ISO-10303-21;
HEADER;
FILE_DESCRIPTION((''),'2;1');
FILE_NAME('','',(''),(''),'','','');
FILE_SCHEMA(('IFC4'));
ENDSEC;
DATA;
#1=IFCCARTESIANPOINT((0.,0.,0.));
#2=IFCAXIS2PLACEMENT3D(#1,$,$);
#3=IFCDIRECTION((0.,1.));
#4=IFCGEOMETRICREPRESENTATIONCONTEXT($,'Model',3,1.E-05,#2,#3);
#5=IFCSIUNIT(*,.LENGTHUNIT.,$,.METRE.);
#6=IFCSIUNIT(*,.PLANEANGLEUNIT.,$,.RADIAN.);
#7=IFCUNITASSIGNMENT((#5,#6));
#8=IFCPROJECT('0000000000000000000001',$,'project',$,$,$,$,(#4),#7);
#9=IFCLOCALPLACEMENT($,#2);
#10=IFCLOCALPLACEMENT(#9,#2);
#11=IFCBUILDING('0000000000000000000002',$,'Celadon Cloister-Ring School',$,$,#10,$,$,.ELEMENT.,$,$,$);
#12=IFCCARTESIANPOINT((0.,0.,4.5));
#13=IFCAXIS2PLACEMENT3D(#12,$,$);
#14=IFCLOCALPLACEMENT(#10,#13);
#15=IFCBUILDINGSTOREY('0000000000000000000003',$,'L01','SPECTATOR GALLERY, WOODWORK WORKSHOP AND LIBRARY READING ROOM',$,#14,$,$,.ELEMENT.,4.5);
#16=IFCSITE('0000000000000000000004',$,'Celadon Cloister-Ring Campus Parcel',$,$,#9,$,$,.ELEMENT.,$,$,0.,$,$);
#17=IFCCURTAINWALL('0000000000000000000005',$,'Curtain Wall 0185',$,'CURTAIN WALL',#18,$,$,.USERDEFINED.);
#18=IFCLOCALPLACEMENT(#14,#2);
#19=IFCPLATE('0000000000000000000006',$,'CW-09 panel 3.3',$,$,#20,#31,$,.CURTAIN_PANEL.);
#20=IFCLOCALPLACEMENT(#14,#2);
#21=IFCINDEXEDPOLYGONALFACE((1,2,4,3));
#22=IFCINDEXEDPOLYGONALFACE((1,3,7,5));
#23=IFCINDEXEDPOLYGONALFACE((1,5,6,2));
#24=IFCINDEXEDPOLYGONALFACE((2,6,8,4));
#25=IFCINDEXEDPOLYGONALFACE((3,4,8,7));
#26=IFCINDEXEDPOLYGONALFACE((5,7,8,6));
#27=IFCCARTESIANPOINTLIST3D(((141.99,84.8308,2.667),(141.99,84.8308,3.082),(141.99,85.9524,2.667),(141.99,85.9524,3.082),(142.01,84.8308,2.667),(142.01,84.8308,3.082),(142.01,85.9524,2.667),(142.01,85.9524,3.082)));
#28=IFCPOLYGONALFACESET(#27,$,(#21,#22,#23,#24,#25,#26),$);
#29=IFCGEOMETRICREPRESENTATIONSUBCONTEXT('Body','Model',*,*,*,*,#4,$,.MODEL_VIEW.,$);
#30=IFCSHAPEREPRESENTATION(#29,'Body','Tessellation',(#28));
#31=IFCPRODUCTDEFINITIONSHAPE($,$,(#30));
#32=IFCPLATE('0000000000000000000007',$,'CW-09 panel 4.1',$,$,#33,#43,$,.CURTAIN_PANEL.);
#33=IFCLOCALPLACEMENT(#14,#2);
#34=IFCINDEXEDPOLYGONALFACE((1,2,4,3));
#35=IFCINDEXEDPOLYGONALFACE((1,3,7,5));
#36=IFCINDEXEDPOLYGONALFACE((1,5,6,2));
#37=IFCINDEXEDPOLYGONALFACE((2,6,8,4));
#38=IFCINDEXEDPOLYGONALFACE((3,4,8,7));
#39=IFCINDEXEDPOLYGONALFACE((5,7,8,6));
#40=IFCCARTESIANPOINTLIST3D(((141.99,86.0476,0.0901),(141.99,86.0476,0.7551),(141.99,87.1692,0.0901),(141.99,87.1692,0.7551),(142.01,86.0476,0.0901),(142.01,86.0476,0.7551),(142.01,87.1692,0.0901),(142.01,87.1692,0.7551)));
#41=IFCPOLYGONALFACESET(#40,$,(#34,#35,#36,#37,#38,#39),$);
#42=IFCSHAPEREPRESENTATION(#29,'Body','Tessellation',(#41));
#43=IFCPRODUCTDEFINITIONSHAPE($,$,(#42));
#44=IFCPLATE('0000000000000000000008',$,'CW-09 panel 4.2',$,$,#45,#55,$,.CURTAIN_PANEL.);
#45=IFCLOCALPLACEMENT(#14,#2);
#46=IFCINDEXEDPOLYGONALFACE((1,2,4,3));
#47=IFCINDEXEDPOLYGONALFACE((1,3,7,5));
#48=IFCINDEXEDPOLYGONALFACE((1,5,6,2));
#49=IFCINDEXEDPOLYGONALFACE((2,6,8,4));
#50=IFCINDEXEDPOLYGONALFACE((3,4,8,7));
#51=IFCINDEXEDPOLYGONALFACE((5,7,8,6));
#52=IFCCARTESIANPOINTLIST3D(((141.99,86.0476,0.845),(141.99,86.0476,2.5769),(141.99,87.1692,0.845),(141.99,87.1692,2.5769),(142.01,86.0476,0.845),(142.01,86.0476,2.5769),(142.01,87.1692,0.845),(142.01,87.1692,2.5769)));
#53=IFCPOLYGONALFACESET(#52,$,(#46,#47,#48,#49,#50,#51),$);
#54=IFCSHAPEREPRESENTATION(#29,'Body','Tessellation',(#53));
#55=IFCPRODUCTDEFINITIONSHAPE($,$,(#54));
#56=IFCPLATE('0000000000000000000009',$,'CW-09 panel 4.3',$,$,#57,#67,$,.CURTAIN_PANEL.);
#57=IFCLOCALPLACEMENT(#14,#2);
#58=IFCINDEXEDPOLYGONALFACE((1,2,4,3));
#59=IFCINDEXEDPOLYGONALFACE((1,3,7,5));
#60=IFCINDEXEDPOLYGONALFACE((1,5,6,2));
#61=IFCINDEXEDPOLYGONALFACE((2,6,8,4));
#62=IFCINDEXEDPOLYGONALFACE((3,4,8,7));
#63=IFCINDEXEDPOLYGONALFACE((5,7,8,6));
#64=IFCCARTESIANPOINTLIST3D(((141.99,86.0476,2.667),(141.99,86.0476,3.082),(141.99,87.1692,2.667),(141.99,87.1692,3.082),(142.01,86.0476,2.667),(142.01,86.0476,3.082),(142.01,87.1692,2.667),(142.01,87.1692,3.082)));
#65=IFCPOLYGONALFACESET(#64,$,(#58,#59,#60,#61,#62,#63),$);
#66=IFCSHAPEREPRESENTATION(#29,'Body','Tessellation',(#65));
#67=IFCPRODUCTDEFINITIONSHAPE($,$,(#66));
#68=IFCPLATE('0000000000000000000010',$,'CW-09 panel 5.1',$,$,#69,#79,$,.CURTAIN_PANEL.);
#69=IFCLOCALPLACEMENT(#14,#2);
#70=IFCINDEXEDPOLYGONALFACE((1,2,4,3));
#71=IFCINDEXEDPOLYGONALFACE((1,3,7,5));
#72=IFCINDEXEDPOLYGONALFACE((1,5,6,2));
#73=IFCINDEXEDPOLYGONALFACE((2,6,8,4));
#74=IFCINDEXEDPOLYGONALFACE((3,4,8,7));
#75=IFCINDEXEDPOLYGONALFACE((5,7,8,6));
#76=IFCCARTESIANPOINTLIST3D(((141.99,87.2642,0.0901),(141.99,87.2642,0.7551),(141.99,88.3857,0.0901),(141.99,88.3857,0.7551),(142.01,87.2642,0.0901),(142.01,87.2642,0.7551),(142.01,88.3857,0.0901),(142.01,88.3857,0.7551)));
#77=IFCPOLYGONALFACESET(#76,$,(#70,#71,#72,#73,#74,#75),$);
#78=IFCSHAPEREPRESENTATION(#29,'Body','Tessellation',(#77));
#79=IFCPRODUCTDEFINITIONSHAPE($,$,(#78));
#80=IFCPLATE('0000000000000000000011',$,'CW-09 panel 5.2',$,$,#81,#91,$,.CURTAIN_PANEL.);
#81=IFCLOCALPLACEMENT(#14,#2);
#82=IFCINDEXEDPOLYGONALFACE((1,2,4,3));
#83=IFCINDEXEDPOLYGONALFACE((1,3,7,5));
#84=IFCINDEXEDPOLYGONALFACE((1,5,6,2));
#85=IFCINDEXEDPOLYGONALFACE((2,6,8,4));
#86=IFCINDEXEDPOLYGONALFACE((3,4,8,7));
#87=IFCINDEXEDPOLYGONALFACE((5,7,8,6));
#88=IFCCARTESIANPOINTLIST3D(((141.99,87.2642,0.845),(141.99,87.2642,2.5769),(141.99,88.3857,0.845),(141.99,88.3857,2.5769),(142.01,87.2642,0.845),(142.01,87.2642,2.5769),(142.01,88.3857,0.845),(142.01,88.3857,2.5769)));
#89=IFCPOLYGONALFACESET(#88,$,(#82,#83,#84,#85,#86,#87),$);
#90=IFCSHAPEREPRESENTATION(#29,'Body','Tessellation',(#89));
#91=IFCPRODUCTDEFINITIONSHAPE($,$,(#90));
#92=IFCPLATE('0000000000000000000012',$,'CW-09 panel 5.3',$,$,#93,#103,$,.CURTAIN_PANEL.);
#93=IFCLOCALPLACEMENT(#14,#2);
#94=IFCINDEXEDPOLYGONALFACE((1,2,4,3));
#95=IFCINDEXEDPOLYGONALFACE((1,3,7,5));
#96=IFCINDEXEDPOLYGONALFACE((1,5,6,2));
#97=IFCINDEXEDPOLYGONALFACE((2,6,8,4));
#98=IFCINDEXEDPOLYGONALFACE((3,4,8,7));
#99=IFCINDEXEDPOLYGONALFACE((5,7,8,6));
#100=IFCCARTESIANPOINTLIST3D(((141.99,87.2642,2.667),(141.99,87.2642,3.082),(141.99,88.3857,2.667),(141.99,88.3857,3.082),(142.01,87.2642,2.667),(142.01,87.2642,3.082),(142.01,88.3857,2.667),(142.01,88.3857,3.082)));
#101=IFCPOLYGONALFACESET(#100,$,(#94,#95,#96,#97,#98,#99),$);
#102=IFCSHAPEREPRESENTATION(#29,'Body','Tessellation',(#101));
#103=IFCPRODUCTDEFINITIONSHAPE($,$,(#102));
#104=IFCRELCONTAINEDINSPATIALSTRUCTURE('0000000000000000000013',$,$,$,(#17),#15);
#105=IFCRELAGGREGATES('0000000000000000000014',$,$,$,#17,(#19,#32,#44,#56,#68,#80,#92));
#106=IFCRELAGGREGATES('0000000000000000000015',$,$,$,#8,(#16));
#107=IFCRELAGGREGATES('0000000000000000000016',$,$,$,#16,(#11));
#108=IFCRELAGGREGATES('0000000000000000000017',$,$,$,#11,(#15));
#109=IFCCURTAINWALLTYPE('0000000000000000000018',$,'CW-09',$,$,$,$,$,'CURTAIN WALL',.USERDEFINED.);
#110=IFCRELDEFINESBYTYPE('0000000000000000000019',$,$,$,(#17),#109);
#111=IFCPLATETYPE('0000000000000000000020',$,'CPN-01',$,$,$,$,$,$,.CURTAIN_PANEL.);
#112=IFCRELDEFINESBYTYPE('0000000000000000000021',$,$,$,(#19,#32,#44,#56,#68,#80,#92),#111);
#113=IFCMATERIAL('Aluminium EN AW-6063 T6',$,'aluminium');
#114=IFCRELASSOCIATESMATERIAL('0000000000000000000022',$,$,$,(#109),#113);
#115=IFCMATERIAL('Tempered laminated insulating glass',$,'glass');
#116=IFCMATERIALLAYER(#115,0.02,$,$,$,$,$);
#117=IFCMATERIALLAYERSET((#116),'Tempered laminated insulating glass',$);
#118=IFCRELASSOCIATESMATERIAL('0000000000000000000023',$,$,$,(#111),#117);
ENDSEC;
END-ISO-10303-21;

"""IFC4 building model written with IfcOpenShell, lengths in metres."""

from ifc_helpers import new_model, si_unit, direction, frame, origin, origin_2d, place, context, subcontext, project, spatial, rectangle, extrude, material, layer, layer_set, type_object, element, aggregate, save


model = new_model("IFC4")

# Units and contexts
model_context = context("Model", 3, precision=1e-05, world=origin(), true_north=direction((0.0, 1.0)))
body_context = subcontext(model_context, "Body", "Model", "MODEL_VIEW")
ifc_project = project(units=[si_unit("LENGTHUNIT", "METRE"), si_unit("PLANEANGLEUNIT", "RADIAN")], contexts=[model_context])

# Site, building, storey
site_placement = place(None, origin())
site = spatial("IfcSite", under=ifc_project, at=site_placement, Name="Celadon Cloister-Ring Campus Parcel", CompositionType="ELEMENT", RefElevation=0.0)
building_placement = place(site_placement, origin())
building = spatial("IfcBuilding", under=site, at=building_placement, Name="Celadon Cloister-Ring School", CompositionType="ELEMENT")
storey_placement = place(building_placement, frame((0.0, 0.0, 4.5)))
storey = spatial("IfcBuildingStorey", under=building, at=storey_placement, Name="L01", Description="SPECTATOR GALLERY, WOODWORK WORKSHOP AND LIBRARY READING ROOM", CompositionType="ELEMENT", Elevation=4.5)

# Curtain wall, plates
ifc_material_1 = material(Name="Aluminium EN AW-6063 T6", Category="aluminium")
curtain_wall_type = type_object("IfcCurtainWallType", Name="CW-09", ElementType="CURTAIN WALL", PredefinedType="USERDEFINED", material=ifc_material_1)
curtain_wall_placement = place(storey_placement, origin())
curtain_wall = element("IfcCurtainWall", 1, at=curtain_wall_placement, inside=storey, type_object=curtain_wall_type, Name="Curtain Wall 0185", ObjectType="CURTAIN WALL", PredefinedType="USERDEFINED")
ifc_material_2 = material(Name="Tempered laminated insulating glass", Category="glass")
ifc_layer = layer(ifc_material_2, 0.02)
ifc_layer_set = layer_set([ifc_layer], Name="Tempered laminated insulating glass")
plate_type = type_object("IfcPlateType", Name="CPN-01", PredefinedType="CURTAIN_PANEL", material=ifc_layer_set)
plate_1_placement = place(storey_placement, frame((142.0, 85.3916, 2.667), z_axis=(0.0, 0.0, 1.0), x_axis=(0.0, 1.0, 0.0)))
plate_1 = element("IfcPlate", 2, at=plate_1_placement, type_object=plate_type, Name="CW-09 panel 3.3", PredefinedType="CURTAIN_PANEL", context=body_context, shape_type="SweptSolid", body=[
    extrude(rectangle(XDim=1.1216, YDim=0.02, at=origin_2d()), origin(), (0.0, 0.0, 1.0), 0.415),
])
plate_2_placement = place(storey_placement, frame((142.0, 86.6084, 0.0901), z_axis=(0.0, 0.0, 1.0), x_axis=(0.0, 1.0, 0.0)))
plate_2 = element("IfcPlate", 3, at=plate_2_placement, type_object=plate_type, Name="CW-09 panel 4.1", PredefinedType="CURTAIN_PANEL", context=body_context, shape_type="SweptSolid", body=[
    extrude(rectangle(XDim=1.1216, YDim=0.02, at=origin_2d()), origin(), (0.0, 0.0, 1.0), 0.665),
])
plate_3_placement = place(storey_placement, frame((142.0, 86.6084, 0.845), z_axis=(0.0, 0.0, 1.0), x_axis=(0.0, 1.0, 0.0)))
plate_3 = element("IfcPlate", 4, at=plate_3_placement, type_object=plate_type, Name="CW-09 panel 4.2", PredefinedType="CURTAIN_PANEL", context=body_context, shape_type="SweptSolid", body=[
    extrude(rectangle(XDim=1.1216, YDim=0.02, at=origin_2d()), origin(), (0.0, 0.0, 1.0), 1.7319),
])
plate_4_placement = place(storey_placement, frame((142.0, 86.6084, 2.667), z_axis=(0.0, 0.0, 1.0), x_axis=(0.0, 1.0, 0.0)))
plate_4 = element("IfcPlate", 5, at=plate_4_placement, type_object=plate_type, Name="CW-09 panel 4.3", PredefinedType="CURTAIN_PANEL", context=body_context, shape_type="SweptSolid", body=[
    extrude(rectangle(XDim=1.1216, YDim=0.02, at=origin_2d()), origin(), (0.0, 0.0, 1.0), 0.415),
])
plate_5_placement = place(storey_placement, frame((142.0, 87.825, 0.0901), z_axis=(0.0, 0.0, 1.0), x_axis=(0.0, 1.0, 0.0)))
plate_5 = element("IfcPlate", 6, at=plate_5_placement, type_object=plate_type, Name="CW-09 panel 5.1", PredefinedType="CURTAIN_PANEL", context=body_context, shape_type="SweptSolid", body=[
    extrude(rectangle(XDim=1.1216, YDim=0.02, at=origin_2d()), origin(), (0.0, 0.0, 1.0), 0.665),
])
plate_6_placement = place(storey_placement, frame((142.0, 87.825, 0.845), z_axis=(0.0, 0.0, 1.0), x_axis=(0.0, 1.0, 0.0)))
plate_6 = element("IfcPlate", 7, at=plate_6_placement, type_object=plate_type, Name="CW-09 panel 5.2", PredefinedType="CURTAIN_PANEL", context=body_context, shape_type="SweptSolid", body=[
    extrude(rectangle(XDim=1.1216, YDim=0.02, at=origin_2d()), origin(), (0.0, 0.0, 1.0), 1.7319),
])
plate_7_placement = place(storey_placement, frame((142.0, 87.825, 2.667), z_axis=(0.0, 0.0, 1.0), x_axis=(0.0, 1.0, 0.0)))
plate_7 = element("IfcPlate", 8, at=plate_7_placement, type_object=plate_type, Name="CW-09 panel 5.3", PredefinedType="CURTAIN_PANEL", context=body_context, shape_type="SweptSolid", body=[
    extrude(rectangle(XDim=1.1216, YDim=0.02, at=origin_2d()), origin(), (0.0, 0.0, 1.0), 0.415),
])
aggregate(curtain_wall, [plate_1, plate_2, plate_3, plate_4, plate_5, plate_6, plate_7])

save(model, "model.ifc")
